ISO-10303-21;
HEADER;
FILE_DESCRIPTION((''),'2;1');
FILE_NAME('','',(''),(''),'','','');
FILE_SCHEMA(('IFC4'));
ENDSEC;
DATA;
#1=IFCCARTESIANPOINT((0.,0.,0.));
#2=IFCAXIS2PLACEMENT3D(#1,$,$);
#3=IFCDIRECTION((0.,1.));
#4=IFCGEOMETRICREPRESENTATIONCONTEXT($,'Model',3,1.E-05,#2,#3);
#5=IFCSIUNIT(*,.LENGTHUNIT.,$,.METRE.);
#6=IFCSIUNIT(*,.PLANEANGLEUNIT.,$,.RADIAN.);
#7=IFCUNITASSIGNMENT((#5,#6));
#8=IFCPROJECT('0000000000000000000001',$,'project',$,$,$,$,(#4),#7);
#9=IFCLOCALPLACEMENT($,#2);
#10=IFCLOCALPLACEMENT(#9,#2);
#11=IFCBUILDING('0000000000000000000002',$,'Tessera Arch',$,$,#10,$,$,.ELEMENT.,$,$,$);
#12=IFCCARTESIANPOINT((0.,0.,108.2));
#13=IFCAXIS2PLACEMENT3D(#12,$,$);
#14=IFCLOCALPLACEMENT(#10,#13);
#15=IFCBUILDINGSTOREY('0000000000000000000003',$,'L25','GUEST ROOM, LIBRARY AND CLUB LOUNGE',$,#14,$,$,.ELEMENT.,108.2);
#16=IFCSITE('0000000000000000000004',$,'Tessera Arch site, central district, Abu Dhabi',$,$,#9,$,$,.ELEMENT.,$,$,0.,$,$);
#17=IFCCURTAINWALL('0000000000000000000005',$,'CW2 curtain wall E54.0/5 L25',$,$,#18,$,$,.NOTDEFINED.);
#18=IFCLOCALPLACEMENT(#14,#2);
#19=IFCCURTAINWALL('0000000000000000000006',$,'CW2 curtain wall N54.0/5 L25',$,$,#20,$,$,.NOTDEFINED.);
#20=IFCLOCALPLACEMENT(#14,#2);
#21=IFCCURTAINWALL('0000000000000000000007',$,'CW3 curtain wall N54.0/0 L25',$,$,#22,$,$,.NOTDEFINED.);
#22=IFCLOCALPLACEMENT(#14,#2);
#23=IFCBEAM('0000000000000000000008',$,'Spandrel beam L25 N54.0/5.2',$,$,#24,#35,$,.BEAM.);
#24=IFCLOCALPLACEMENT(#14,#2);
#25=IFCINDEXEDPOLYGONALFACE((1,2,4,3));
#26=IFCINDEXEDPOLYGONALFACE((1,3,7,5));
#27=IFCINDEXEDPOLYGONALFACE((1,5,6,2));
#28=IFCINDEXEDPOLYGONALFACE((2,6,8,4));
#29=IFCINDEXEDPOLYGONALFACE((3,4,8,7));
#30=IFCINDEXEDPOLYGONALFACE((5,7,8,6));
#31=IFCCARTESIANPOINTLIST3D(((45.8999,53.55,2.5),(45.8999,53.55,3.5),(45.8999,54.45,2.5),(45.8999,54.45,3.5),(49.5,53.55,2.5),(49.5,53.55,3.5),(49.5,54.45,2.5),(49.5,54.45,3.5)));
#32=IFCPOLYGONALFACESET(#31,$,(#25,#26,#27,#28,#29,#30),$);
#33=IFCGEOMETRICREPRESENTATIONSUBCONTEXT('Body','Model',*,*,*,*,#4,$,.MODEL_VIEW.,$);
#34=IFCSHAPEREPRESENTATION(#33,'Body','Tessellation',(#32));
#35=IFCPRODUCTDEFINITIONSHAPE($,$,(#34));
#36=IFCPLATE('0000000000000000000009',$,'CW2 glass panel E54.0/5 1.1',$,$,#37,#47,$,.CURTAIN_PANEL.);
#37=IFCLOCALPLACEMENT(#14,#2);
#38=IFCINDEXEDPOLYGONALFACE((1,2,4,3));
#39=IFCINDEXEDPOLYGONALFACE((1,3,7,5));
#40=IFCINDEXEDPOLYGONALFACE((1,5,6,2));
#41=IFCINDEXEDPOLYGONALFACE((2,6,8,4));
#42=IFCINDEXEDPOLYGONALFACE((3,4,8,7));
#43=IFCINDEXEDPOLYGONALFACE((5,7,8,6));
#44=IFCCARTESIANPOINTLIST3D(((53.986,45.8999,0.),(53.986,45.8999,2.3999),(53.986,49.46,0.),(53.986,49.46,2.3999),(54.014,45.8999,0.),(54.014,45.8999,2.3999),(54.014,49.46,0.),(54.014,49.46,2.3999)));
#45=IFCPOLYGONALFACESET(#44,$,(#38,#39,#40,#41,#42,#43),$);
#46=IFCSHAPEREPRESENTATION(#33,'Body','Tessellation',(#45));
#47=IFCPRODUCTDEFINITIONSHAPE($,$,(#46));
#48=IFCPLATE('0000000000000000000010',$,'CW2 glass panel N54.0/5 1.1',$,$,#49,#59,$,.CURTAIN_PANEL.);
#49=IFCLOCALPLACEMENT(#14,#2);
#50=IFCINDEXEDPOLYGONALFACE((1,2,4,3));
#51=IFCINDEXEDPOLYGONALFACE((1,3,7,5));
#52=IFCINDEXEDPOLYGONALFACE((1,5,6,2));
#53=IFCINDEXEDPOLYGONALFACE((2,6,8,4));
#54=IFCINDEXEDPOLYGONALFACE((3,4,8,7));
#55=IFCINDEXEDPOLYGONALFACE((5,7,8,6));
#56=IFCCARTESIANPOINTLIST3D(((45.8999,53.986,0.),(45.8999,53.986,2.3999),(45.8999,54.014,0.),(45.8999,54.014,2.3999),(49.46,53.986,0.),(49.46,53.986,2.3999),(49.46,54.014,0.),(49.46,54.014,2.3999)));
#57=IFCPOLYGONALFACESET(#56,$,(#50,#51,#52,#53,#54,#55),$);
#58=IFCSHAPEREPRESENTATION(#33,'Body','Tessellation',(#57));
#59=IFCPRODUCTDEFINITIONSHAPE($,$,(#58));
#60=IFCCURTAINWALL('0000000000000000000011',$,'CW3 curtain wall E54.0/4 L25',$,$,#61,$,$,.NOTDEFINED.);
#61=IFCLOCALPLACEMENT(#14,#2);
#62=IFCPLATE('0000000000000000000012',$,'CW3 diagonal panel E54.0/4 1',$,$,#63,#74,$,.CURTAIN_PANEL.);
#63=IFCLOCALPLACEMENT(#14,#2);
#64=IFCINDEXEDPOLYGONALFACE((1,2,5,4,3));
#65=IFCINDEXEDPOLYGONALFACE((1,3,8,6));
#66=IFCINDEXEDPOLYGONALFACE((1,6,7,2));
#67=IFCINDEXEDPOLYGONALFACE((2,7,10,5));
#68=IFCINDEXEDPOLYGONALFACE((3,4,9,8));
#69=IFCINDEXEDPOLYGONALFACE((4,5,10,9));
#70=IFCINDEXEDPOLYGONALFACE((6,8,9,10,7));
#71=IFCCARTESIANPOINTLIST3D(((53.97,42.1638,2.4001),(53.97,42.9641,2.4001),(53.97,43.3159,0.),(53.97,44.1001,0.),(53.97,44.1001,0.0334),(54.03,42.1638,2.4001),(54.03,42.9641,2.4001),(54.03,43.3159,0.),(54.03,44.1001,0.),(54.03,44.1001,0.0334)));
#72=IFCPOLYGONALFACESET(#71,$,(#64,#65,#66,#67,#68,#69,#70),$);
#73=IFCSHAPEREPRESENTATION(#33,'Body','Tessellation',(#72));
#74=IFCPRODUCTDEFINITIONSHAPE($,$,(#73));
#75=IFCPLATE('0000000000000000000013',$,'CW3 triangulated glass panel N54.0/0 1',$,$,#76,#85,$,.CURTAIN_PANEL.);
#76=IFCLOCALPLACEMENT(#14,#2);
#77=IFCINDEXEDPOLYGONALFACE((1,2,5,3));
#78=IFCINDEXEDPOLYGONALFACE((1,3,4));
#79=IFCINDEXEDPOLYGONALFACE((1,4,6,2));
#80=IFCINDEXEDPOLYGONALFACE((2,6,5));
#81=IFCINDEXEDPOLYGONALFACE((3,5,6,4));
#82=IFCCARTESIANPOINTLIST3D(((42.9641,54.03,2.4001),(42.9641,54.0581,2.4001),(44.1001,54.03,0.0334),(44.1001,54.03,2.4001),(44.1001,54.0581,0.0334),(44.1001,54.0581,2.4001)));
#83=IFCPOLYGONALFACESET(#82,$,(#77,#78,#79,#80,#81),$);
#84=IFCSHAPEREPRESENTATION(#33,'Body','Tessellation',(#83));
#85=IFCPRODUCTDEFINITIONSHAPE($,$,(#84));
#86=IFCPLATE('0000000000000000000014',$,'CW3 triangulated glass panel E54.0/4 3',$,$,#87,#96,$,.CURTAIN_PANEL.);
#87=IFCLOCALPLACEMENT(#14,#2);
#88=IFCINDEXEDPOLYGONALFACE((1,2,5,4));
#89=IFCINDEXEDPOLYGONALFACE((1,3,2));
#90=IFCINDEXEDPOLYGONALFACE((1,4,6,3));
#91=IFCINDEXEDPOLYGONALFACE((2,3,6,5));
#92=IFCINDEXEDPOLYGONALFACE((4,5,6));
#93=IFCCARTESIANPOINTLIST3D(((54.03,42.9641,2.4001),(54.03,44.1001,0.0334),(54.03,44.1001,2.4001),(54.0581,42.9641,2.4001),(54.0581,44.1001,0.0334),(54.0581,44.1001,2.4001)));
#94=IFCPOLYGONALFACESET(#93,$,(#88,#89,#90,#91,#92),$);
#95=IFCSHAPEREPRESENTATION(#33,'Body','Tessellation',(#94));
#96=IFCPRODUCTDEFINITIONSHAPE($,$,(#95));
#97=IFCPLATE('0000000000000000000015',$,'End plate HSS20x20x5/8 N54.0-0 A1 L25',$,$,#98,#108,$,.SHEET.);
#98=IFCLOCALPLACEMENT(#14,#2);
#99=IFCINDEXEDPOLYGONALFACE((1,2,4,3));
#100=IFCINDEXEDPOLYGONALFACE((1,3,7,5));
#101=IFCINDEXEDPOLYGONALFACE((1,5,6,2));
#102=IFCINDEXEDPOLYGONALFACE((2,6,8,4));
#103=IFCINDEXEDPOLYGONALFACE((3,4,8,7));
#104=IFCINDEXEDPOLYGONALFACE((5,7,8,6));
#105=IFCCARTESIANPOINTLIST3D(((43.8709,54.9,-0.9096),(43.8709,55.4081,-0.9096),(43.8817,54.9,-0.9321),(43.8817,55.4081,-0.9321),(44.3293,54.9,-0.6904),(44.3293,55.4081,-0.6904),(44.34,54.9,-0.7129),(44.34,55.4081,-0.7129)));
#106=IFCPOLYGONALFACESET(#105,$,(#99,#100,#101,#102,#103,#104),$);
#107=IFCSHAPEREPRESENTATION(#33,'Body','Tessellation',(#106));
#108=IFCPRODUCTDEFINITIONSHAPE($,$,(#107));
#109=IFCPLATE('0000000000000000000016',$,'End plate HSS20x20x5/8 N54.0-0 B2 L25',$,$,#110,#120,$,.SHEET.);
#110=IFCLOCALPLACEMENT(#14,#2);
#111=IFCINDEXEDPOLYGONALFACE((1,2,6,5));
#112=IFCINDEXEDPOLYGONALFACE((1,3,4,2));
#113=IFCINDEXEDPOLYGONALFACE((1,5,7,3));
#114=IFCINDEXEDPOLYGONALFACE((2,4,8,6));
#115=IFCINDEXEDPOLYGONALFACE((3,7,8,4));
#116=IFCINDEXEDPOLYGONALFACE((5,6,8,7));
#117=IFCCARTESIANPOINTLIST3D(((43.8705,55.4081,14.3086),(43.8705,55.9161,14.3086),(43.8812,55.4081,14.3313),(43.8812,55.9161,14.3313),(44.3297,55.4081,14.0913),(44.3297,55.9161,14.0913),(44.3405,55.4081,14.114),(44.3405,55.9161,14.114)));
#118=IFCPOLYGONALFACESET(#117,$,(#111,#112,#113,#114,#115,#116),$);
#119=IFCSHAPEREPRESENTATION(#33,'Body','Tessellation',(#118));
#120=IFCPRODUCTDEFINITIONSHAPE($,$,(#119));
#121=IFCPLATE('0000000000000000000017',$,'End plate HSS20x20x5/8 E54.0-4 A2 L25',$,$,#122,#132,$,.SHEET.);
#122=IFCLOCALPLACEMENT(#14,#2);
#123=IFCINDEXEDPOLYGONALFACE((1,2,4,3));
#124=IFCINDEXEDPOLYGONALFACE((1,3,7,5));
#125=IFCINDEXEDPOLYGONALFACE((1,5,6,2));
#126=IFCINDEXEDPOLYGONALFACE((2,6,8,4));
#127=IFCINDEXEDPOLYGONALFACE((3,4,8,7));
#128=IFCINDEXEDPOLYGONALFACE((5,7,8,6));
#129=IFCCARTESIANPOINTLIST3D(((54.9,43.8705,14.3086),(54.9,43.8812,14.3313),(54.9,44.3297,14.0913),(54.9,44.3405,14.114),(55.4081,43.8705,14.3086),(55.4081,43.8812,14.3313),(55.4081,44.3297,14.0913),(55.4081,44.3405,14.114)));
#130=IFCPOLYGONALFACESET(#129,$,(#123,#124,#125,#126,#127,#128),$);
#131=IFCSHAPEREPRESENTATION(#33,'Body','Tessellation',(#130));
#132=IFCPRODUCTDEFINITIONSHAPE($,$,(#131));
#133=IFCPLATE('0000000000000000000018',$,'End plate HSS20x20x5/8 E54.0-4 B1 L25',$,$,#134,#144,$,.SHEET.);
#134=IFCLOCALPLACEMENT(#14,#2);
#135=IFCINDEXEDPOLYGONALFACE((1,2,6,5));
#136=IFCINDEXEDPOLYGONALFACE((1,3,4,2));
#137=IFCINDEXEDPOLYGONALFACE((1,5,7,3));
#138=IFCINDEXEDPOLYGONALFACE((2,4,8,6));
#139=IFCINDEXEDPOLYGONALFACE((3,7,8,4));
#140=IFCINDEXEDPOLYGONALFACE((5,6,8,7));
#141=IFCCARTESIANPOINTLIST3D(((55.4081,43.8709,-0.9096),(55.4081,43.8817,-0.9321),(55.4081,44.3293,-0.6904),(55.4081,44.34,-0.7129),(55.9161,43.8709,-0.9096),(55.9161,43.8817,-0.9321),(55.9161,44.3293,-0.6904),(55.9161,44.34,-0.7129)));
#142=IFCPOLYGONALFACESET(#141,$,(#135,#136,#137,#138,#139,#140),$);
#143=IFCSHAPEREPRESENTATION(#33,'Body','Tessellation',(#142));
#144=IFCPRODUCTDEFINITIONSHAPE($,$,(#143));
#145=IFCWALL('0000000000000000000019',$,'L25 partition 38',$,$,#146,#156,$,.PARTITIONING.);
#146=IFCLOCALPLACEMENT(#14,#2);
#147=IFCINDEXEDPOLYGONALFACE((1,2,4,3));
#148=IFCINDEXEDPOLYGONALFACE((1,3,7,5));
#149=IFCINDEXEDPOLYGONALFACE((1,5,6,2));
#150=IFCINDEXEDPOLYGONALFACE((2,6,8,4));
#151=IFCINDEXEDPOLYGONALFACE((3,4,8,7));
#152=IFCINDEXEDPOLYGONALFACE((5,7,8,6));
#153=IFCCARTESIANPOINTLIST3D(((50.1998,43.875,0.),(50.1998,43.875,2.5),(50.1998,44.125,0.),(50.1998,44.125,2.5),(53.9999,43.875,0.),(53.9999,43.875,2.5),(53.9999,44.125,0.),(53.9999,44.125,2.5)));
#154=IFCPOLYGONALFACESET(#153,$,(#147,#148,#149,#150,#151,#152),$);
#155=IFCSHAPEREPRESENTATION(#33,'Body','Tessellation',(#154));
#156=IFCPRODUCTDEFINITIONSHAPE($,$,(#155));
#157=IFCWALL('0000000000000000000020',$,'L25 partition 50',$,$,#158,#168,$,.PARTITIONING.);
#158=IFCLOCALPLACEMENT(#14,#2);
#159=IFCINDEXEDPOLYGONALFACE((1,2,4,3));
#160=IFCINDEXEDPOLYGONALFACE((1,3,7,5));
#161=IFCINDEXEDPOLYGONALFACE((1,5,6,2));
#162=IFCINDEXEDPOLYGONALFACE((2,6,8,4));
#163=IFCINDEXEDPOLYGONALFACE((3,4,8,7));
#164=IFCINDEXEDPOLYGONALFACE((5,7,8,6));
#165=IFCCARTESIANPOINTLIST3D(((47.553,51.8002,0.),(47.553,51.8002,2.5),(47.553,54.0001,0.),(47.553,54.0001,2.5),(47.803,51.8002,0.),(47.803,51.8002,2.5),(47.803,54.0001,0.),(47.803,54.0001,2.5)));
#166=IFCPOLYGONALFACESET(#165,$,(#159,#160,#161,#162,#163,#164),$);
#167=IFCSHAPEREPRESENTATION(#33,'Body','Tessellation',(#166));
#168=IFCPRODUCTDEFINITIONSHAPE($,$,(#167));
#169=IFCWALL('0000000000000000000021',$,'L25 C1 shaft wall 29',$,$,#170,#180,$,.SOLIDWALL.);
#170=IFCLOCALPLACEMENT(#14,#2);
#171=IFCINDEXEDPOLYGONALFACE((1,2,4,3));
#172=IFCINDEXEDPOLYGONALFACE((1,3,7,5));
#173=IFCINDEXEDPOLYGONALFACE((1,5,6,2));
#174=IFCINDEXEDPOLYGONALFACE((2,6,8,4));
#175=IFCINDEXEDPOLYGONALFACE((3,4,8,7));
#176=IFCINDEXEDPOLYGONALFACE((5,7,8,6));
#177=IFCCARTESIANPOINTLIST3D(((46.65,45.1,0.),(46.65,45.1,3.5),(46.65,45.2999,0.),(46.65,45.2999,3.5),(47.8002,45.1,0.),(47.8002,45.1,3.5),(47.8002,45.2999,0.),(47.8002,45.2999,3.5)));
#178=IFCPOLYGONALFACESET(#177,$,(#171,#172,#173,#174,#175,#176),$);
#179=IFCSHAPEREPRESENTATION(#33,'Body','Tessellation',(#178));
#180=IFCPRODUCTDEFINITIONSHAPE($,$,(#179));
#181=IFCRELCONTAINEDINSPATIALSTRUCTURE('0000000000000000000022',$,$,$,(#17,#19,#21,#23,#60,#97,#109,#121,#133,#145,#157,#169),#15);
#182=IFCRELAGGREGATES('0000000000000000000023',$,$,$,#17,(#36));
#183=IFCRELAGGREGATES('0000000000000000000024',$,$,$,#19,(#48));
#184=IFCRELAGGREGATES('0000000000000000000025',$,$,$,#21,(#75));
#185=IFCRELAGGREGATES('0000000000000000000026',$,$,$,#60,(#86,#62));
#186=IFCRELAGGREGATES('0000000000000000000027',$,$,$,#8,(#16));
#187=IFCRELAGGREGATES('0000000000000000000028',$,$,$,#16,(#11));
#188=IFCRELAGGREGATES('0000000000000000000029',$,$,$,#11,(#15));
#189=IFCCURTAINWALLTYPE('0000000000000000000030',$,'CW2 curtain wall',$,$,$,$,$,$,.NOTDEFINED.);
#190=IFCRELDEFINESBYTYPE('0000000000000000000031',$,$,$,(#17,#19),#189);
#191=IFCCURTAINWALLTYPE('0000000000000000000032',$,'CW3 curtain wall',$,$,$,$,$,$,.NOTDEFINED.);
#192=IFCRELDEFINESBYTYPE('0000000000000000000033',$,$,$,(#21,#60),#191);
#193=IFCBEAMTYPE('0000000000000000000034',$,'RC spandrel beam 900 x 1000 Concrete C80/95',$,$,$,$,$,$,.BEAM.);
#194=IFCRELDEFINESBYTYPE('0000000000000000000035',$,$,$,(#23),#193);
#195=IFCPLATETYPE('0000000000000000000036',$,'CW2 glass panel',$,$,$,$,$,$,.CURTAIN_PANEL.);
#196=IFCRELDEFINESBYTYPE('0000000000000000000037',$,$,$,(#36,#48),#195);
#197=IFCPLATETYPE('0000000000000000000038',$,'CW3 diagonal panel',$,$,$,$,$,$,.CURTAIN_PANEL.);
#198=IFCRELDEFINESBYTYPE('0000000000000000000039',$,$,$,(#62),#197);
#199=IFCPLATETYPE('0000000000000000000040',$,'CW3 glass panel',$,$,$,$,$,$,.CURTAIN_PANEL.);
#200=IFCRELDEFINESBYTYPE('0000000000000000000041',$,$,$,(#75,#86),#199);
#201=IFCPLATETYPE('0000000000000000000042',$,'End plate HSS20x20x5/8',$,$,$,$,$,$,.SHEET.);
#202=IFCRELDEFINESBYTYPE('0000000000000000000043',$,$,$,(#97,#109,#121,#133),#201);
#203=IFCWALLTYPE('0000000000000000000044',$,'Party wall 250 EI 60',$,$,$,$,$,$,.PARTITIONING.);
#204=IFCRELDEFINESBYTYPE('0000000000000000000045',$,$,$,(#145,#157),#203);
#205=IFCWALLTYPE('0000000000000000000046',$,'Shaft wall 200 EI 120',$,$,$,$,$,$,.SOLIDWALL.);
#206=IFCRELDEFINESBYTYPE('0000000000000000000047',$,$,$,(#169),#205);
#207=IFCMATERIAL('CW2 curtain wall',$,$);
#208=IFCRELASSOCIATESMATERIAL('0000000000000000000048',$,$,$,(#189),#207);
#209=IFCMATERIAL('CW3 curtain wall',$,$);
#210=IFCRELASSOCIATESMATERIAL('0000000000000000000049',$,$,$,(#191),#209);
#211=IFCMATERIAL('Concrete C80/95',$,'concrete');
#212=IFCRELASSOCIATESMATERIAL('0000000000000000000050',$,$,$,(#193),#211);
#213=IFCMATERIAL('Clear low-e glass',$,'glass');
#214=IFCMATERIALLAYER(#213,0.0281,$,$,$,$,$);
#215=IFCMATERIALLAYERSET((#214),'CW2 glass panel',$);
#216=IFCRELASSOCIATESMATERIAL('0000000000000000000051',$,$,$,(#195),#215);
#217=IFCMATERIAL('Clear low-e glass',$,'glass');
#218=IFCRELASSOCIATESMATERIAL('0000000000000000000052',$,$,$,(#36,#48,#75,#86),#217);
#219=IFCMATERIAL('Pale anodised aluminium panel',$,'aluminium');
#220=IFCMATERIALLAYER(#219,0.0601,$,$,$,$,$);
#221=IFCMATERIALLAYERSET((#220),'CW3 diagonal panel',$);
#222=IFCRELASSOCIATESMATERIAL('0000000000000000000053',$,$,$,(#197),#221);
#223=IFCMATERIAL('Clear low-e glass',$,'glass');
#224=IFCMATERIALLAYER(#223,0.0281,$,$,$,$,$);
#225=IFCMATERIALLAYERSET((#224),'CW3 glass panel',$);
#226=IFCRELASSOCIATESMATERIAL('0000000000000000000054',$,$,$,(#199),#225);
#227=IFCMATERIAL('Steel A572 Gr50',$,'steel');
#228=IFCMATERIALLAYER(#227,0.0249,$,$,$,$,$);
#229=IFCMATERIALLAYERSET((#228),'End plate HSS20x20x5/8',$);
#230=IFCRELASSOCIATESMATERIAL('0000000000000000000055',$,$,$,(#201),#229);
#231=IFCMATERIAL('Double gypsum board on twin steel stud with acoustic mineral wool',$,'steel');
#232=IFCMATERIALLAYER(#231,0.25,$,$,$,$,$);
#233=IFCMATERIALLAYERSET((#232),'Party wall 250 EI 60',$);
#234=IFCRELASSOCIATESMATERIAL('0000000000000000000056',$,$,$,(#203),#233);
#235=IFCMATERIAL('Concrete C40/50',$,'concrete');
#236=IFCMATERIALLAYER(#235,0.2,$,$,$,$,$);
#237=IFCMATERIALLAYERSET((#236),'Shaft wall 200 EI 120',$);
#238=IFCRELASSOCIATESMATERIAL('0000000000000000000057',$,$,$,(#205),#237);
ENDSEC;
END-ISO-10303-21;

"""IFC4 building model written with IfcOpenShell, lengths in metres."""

from ifc_helpers import new_model, si_unit, direction, frame, frame_2d, origin, origin_2d, place, context, subcontext, project, spatial, polyline, rectangle, outline, extrude, material, layer, layer_set, material_profile, profile_set, type_object, element, aggregate, save


model = new_model("IFC4")

# Units and contexts
model_context = context("Model", 3, precision=1e-05, world=origin(), true_north=direction((0.0, 1.0)))
body_context = subcontext(model_context, "Body", "Model", "MODEL_VIEW")
ifc_project = project(units=[si_unit("LENGTHUNIT", "METRE"), si_unit("PLANEANGLEUNIT", "RADIAN")], contexts=[model_context])

# Site, building, storey
site_placement = place(None, origin())
site = spatial("IfcSite", under=ifc_project, at=site_placement, Name="Tessera Arch site, central district, Abu Dhabi", CompositionType="ELEMENT", RefElevation=0.0)
building_placement = place(site_placement, origin())
building = spatial("IfcBuilding", under=site, at=building_placement, Name="Tessera Arch", CompositionType="ELEMENT")
storey_placement = place(building_placement, frame((0.0, 0.0, 108.2)))
storey = spatial("IfcBuildingStorey", under=building, at=storey_placement, Name="L25", Description="GUEST ROOM, LIBRARY AND CLUB LOUNGE", CompositionType="ELEMENT", Elevation=108.2)

# Curtain walls
ifc_material_1 = material(Name="CW2 curtain wall")
curtain_wall_type_1 = type_object("IfcCurtainWallType", Name="CW2 curtain wall", PredefinedType="NOTDEFINED", material=ifc_material_1)
curtain_wall_1_placement = place(storey_placement, origin())
curtain_wall_1 = element("IfcCurtainWall", 1, at=curtain_wall_1_placement, inside=storey, type_object=curtain_wall_type_1, Name="CW2 curtain wall E54.0/5 L25", PredefinedType="NOTDEFINED")
curtain_wall_2_placement = place(storey_placement, origin())
curtain_wall_2 = element("IfcCurtainWall", 2, at=curtain_wall_2_placement, inside=storey, type_object=curtain_wall_type_1, Name="CW2 curtain wall N54.0/5 L25", PredefinedType="NOTDEFINED")
ifc_material_2 = material(Name="CW3 curtain wall")
curtain_wall_type_2 = type_object("IfcCurtainWallType", Name="CW3 curtain wall", PredefinedType="NOTDEFINED", material=ifc_material_2)
curtain_wall_3_placement = place(storey_placement, origin())
curtain_wall_3 = element("IfcCurtainWall", 3, at=curtain_wall_3_placement, inside=storey, type_object=curtain_wall_type_2, Name="CW3 curtain wall N54.0/0 L25", PredefinedType="NOTDEFINED")

# Beam
ifc_material_3 = material(Name="Concrete C80/95", Category="concrete")
ifc_material_profile_1 = material_profile(ifc_material_3, rectangle(XDim=0.8999, YDim=1.0, at=origin_2d()), Name="RC spandrel beam 900 x 1000 Concrete C80/95")
ifc_profile_set_1 = profile_set([ifc_material_profile_1], Name="Concrete C80/95")
beam_type = type_object("IfcBeamType", Name="RC spandrel beam 900 x 1000 Concrete C80/95", PredefinedType="BEAM", material=ifc_profile_set_1)
beam_1_placement = place(storey_placement, frame((49.5, 54.0, 3.0), z_axis=(-1.0, 0.0, 0.0), x_axis=(0.0, -1.0, 0.0)))
element("IfcBeam", 4, at=beam_1_placement, inside=storey, type_object=beam_type, Name="Spandrel beam L25 N54.0/5.2", PredefinedType="BEAM", context=body_context, shape_type="SweptSolid", body=[
    extrude(rectangle(XDim=0.8999, YDim=1.0, at=origin_2d()), origin(), (0.0, 0.0, 1.0), 3.6001),
])

# Plates
ifc_material_4 = material(Name="Clear low-e glass", Category="glass")
ifc_material_5 = material(Name="Clear low-e glass", Category="glass")
ifc_layer_1 = layer(ifc_material_5, 0.0281)
ifc_layer_set_1 = layer_set([ifc_layer_1], Name="CW2 glass panel")
plate_type_1 = type_object("IfcPlateType", Name="CW2 glass panel", PredefinedType="CURTAIN_PANEL", material=ifc_layer_set_1)
plate_1_placement = place(storey_placement, frame((54.0, 47.6799, 0.0), z_axis=(0.0, 0.0, 1.0), x_axis=(0.0, 1.0, 0.0)))
plate_1 = element("IfcPlate", 5, at=plate_1_placement, type_object=plate_type_1, material=ifc_material_4, Name="CW2 glass panel E54.0/5 1.1", PredefinedType="CURTAIN_PANEL", context=body_context, shape_type="SweptSolid", body=[
    extrude(rectangle(XDim=3.5601, YDim=0.0281, at=origin_2d()), origin(), (0.0, 0.0, 1.0), 2.3999),
])
aggregate(curtain_wall_1, [plate_1])
plate_2_placement = place(storey_placement, frame((47.6799, 54.0, 0.0), z_axis=(0.0, 0.0, 1.0), x_axis=(-1.0, 0.0, 0.0)))
plate_2 = element("IfcPlate", 6, at=plate_2_placement, type_object=plate_type_1, material=ifc_material_4, Name="CW2 glass panel N54.0/5 1.1", PredefinedType="CURTAIN_PANEL", context=body_context, shape_type="SweptSolid", body=[
    extrude(rectangle(XDim=3.5601, YDim=0.0281, at=origin_2d()), origin(), (0.0, 0.0, 1.0), 2.3999),
])
aggregate(curtain_wall_2, [plate_2])

# Curtain wall, plate
curtain_wall_4_placement = place(storey_placement, origin())
curtain_wall_4 = element("IfcCurtainWall", 7, at=curtain_wall_4_placement, inside=storey, type_object=curtain_wall_type_2, Name="CW3 curtain wall E54.0/4 L25", PredefinedType="NOTDEFINED")
ifc_material_6 = material(Name="Pale anodised aluminium panel", Category="aluminium")
ifc_layer_2 = layer(ifc_material_6, 0.0601)
ifc_layer_set_2 = layer_set([ifc_layer_2], Name="CW3 diagonal panel")
plate_type_2 = type_object("IfcPlateType", Name="CW3 diagonal panel", PredefinedType="CURTAIN_PANEL", material=ifc_layer_set_2)
plate_3_placement = place(storey_placement, frame((54.03, 44.1001, 0.0), z_axis=(1.0, 0.0, 0.0), x_axis=(0.0, 0.0, 1.0)))
plate_3 = element("IfcPlate", 8, at=plate_3_placement, type_object=plate_type_2, Name="CW3 diagonal panel E54.0/4 1", PredefinedType="CURTAIN_PANEL", context=body_context, shape_type="SweptSolid", body=[
    extrude(outline(polyline([(0.0, 0.0), (0.0334, 0.0), (2.4001, 1.136), (2.4001, 1.9363), (0.0, 0.7842), (0.0, 0.0)])), origin(), (0.0, 0.0, -1.0), 0.0601),
])

# Plates
ifc_material_7 = material(Name="Clear low-e glass", Category="glass")
ifc_layer_3 = layer(ifc_material_7, 0.0281)
ifc_layer_set_3 = layer_set([ifc_layer_3], Name="CW3 glass panel")
plate_type_3 = type_object("IfcPlateType", Name="CW3 glass panel", PredefinedType="CURTAIN_PANEL", material=ifc_layer_set_3)
plate_4_placement = place(storey_placement, frame((44.1001, 54.0581, 2.4001), z_axis=(0.0, 1.0, 0.0), x_axis=(0.0, 0.0, -1.0)))
plate_4 = element("IfcPlate", 9, at=plate_4_placement, type_object=plate_type_3, material=ifc_material_4, Name="CW3 triangulated glass panel N54.0/0 1", PredefinedType="CURTAIN_PANEL", context=body_context, shape_type="SweptSolid", body=[
    extrude(outline(polyline([(0.0, 0.0), (2.3667, 0.0), (0.0, 1.136), (0.0, 0.0)])), origin(), (0.0, 0.0, -1.0), 0.0281),
])
aggregate(curtain_wall_3, [plate_4])
plate_5_placement = place(storey_placement, frame((54.0581, 44.1001, 2.4001), z_axis=(1.0, 0.0, 0.0), x_axis=(0.0, -1.0, 0.0)))
plate_5 = element("IfcPlate", 10, at=plate_5_placement, type_object=plate_type_3, material=ifc_material_4, Name="CW3 triangulated glass panel E54.0/4 3", PredefinedType="CURTAIN_PANEL", context=body_context, shape_type="SweptSolid", body=[
    extrude(outline(polyline([(0.0, 0.0), (1.136, 0.0), (0.0, 2.3667), (0.0, 0.0)])), origin(), (0.0, 0.0, -1.0), 0.0281),
])
aggregate(curtain_wall_4, [plate_5, plate_3])

# Plates
ifc_material_8 = material(Name="Steel A572 Gr50", Category="steel")
ifc_layer_4 = layer(ifc_material_8, 0.0249)
ifc_layer_set_4 = layer_set([ifc_layer_4], Name="End plate HSS20x20x5/8")
plate_type_4 = type_object("IfcPlateType", Name="End plate HSS20x20x5/8", PredefinedType="SHEET", material=ifc_layer_set_4)
plate_6_placement = place(storey_placement, frame((44.1108, 55.1541, -0.8225), z_axis=(-0.431455, 0.0, 0.902134), x_axis=(0.0, -1.0, 0.0)))
element("IfcPlate", 11, at=plate_6_placement, inside=storey, type_object=plate_type_4, Name="End plate HSS20x20x5/8 N54.0-0 A1 L25", PredefinedType="SHEET", context=body_context, shape_type="SweptSolid", body=[
    extrude(rectangle(XDim=0.5081, YDim=0.5081, at=origin_2d()), origin(), (0.0, 0.0, 1.0), 0.0249),
])
for number, where, z_axis, x_axis, name in (
    (12, (44.1001, 55.6621, 14.2), (0.427668, 0.0, 0.903936), (0.0, 1.0, 0.0), "End plate HSS20x20x5/8 N54.0-0 B2 L25"),
    (13, (55.1541, 44.1001, 14.2), (0.0, 0.427668, 0.903936), (-1.0, 0.0, 0.0), "End plate HSS20x20x5/8 E54.0-4 A2 L25"),
):
    element("IfcPlate", number, at=place(storey_placement, frame(where, z_axis=z_axis, x_axis=x_axis)), inside=storey, type_object=plate_type_4, Name=name, PredefinedType="SHEET", context=body_context, shape_type="SweptSolid", body=[
        extrude(rectangle(XDim=0.5081, YDim=0.5081, at=origin_2d()), origin(), (0.0, 0.0, 1.0), 0.0251),
    ])
plate_7_placement = place(storey_placement, frame((55.6621, 44.1108, -0.8225), z_axis=(0.0, -0.431455, 0.902134), x_axis=(1.0, 0.0, 0.0)))
element("IfcPlate", 14, at=plate_7_placement, inside=storey, type_object=plate_type_4, Name="End plate HSS20x20x5/8 E54.0-4 B1 L25", PredefinedType="SHEET", context=body_context, shape_type="SweptSolid", body=[
    extrude(rectangle(XDim=0.5081, YDim=0.5081, at=origin_2d()), origin(), (0.0, 0.0, 1.0), 0.0249),
])

# Walls
ifc_material_9 = material(Name="Double gypsum board on twin steel stud with acoustic mineral wool", Category="steel")
ifc_layer_5 = layer(ifc_material_9, 0.25)
ifc_layer_set_5 = layer_set([ifc_layer_5], Name="Party wall 250 EI 60")
wall_type_1 = type_object("IfcWallType", Name="Party wall 250 EI 60", PredefinedType="PARTITIONING", material=ifc_layer_set_5)
wall_1_placement = place(storey_placement, frame((50.2, 44.0, 0.0), z_axis=(0.0, 0.0, 1.0), x_axis=(1.0, 0.0, 0.0)))
element("IfcWall", 15, at=wall_1_placement, inside=storey, type_object=wall_type_1, Name="L25 partition 38", PredefinedType="PARTITIONING", context=body_context, shape_type="SweptSolid", body=[
    extrude(rectangle(XDim=3.8, YDim=0.25, at=frame_2d((1.8999, 0.0))), origin(), (0.0, 0.0, 1.0), 2.5),
])
wall_2_placement = place(storey_placement, frame((47.678, 51.8, 0.0), z_axis=(0.0, 0.0, 1.0), x_axis=(0.0, 1.0, 0.0)))
element("IfcWall", 16, at=wall_2_placement, inside=storey, type_object=wall_type_1, Name="L25 partition 50", PredefinedType="PARTITIONING", context=body_context, shape_type="SweptSolid", body=[
    extrude(rectangle(XDim=2.2, YDim=0.25, at=frame_2d((1.1001, 0.0))), origin(), (0.0, 0.0, 1.0), 2.5),
])
ifc_material_10 = material(Name="Concrete C40/50", Category="concrete")
ifc_layer_6 = layer(ifc_material_10, 0.2)
ifc_layer_set_6 = layer_set([ifc_layer_6], Name="Shaft wall 200 EI 120")
wall_type_2 = type_object("IfcWallType", Name="Shaft wall 200 EI 120", PredefinedType="SOLIDWALL", material=ifc_layer_set_6)
wall_3_placement = place(storey_placement, frame((46.6499, 45.2, 0.0), z_axis=(0.0, 0.0, 1.0), x_axis=(1.0, 0.0, 0.0)))
element("IfcWall", 17, at=wall_3_placement, inside=storey, type_object=wall_type_2, Name="L25 C1 shaft wall 29", PredefinedType="SOLIDWALL", context=body_context, shape_type="SweptSolid", body=[
    extrude(rectangle(XDim=1.1501, YDim=0.2, at=frame_2d((0.5752, 0.0))), origin(), (0.0, 0.0, 1.0), 3.5),
])

save(model, "model.ifc")
